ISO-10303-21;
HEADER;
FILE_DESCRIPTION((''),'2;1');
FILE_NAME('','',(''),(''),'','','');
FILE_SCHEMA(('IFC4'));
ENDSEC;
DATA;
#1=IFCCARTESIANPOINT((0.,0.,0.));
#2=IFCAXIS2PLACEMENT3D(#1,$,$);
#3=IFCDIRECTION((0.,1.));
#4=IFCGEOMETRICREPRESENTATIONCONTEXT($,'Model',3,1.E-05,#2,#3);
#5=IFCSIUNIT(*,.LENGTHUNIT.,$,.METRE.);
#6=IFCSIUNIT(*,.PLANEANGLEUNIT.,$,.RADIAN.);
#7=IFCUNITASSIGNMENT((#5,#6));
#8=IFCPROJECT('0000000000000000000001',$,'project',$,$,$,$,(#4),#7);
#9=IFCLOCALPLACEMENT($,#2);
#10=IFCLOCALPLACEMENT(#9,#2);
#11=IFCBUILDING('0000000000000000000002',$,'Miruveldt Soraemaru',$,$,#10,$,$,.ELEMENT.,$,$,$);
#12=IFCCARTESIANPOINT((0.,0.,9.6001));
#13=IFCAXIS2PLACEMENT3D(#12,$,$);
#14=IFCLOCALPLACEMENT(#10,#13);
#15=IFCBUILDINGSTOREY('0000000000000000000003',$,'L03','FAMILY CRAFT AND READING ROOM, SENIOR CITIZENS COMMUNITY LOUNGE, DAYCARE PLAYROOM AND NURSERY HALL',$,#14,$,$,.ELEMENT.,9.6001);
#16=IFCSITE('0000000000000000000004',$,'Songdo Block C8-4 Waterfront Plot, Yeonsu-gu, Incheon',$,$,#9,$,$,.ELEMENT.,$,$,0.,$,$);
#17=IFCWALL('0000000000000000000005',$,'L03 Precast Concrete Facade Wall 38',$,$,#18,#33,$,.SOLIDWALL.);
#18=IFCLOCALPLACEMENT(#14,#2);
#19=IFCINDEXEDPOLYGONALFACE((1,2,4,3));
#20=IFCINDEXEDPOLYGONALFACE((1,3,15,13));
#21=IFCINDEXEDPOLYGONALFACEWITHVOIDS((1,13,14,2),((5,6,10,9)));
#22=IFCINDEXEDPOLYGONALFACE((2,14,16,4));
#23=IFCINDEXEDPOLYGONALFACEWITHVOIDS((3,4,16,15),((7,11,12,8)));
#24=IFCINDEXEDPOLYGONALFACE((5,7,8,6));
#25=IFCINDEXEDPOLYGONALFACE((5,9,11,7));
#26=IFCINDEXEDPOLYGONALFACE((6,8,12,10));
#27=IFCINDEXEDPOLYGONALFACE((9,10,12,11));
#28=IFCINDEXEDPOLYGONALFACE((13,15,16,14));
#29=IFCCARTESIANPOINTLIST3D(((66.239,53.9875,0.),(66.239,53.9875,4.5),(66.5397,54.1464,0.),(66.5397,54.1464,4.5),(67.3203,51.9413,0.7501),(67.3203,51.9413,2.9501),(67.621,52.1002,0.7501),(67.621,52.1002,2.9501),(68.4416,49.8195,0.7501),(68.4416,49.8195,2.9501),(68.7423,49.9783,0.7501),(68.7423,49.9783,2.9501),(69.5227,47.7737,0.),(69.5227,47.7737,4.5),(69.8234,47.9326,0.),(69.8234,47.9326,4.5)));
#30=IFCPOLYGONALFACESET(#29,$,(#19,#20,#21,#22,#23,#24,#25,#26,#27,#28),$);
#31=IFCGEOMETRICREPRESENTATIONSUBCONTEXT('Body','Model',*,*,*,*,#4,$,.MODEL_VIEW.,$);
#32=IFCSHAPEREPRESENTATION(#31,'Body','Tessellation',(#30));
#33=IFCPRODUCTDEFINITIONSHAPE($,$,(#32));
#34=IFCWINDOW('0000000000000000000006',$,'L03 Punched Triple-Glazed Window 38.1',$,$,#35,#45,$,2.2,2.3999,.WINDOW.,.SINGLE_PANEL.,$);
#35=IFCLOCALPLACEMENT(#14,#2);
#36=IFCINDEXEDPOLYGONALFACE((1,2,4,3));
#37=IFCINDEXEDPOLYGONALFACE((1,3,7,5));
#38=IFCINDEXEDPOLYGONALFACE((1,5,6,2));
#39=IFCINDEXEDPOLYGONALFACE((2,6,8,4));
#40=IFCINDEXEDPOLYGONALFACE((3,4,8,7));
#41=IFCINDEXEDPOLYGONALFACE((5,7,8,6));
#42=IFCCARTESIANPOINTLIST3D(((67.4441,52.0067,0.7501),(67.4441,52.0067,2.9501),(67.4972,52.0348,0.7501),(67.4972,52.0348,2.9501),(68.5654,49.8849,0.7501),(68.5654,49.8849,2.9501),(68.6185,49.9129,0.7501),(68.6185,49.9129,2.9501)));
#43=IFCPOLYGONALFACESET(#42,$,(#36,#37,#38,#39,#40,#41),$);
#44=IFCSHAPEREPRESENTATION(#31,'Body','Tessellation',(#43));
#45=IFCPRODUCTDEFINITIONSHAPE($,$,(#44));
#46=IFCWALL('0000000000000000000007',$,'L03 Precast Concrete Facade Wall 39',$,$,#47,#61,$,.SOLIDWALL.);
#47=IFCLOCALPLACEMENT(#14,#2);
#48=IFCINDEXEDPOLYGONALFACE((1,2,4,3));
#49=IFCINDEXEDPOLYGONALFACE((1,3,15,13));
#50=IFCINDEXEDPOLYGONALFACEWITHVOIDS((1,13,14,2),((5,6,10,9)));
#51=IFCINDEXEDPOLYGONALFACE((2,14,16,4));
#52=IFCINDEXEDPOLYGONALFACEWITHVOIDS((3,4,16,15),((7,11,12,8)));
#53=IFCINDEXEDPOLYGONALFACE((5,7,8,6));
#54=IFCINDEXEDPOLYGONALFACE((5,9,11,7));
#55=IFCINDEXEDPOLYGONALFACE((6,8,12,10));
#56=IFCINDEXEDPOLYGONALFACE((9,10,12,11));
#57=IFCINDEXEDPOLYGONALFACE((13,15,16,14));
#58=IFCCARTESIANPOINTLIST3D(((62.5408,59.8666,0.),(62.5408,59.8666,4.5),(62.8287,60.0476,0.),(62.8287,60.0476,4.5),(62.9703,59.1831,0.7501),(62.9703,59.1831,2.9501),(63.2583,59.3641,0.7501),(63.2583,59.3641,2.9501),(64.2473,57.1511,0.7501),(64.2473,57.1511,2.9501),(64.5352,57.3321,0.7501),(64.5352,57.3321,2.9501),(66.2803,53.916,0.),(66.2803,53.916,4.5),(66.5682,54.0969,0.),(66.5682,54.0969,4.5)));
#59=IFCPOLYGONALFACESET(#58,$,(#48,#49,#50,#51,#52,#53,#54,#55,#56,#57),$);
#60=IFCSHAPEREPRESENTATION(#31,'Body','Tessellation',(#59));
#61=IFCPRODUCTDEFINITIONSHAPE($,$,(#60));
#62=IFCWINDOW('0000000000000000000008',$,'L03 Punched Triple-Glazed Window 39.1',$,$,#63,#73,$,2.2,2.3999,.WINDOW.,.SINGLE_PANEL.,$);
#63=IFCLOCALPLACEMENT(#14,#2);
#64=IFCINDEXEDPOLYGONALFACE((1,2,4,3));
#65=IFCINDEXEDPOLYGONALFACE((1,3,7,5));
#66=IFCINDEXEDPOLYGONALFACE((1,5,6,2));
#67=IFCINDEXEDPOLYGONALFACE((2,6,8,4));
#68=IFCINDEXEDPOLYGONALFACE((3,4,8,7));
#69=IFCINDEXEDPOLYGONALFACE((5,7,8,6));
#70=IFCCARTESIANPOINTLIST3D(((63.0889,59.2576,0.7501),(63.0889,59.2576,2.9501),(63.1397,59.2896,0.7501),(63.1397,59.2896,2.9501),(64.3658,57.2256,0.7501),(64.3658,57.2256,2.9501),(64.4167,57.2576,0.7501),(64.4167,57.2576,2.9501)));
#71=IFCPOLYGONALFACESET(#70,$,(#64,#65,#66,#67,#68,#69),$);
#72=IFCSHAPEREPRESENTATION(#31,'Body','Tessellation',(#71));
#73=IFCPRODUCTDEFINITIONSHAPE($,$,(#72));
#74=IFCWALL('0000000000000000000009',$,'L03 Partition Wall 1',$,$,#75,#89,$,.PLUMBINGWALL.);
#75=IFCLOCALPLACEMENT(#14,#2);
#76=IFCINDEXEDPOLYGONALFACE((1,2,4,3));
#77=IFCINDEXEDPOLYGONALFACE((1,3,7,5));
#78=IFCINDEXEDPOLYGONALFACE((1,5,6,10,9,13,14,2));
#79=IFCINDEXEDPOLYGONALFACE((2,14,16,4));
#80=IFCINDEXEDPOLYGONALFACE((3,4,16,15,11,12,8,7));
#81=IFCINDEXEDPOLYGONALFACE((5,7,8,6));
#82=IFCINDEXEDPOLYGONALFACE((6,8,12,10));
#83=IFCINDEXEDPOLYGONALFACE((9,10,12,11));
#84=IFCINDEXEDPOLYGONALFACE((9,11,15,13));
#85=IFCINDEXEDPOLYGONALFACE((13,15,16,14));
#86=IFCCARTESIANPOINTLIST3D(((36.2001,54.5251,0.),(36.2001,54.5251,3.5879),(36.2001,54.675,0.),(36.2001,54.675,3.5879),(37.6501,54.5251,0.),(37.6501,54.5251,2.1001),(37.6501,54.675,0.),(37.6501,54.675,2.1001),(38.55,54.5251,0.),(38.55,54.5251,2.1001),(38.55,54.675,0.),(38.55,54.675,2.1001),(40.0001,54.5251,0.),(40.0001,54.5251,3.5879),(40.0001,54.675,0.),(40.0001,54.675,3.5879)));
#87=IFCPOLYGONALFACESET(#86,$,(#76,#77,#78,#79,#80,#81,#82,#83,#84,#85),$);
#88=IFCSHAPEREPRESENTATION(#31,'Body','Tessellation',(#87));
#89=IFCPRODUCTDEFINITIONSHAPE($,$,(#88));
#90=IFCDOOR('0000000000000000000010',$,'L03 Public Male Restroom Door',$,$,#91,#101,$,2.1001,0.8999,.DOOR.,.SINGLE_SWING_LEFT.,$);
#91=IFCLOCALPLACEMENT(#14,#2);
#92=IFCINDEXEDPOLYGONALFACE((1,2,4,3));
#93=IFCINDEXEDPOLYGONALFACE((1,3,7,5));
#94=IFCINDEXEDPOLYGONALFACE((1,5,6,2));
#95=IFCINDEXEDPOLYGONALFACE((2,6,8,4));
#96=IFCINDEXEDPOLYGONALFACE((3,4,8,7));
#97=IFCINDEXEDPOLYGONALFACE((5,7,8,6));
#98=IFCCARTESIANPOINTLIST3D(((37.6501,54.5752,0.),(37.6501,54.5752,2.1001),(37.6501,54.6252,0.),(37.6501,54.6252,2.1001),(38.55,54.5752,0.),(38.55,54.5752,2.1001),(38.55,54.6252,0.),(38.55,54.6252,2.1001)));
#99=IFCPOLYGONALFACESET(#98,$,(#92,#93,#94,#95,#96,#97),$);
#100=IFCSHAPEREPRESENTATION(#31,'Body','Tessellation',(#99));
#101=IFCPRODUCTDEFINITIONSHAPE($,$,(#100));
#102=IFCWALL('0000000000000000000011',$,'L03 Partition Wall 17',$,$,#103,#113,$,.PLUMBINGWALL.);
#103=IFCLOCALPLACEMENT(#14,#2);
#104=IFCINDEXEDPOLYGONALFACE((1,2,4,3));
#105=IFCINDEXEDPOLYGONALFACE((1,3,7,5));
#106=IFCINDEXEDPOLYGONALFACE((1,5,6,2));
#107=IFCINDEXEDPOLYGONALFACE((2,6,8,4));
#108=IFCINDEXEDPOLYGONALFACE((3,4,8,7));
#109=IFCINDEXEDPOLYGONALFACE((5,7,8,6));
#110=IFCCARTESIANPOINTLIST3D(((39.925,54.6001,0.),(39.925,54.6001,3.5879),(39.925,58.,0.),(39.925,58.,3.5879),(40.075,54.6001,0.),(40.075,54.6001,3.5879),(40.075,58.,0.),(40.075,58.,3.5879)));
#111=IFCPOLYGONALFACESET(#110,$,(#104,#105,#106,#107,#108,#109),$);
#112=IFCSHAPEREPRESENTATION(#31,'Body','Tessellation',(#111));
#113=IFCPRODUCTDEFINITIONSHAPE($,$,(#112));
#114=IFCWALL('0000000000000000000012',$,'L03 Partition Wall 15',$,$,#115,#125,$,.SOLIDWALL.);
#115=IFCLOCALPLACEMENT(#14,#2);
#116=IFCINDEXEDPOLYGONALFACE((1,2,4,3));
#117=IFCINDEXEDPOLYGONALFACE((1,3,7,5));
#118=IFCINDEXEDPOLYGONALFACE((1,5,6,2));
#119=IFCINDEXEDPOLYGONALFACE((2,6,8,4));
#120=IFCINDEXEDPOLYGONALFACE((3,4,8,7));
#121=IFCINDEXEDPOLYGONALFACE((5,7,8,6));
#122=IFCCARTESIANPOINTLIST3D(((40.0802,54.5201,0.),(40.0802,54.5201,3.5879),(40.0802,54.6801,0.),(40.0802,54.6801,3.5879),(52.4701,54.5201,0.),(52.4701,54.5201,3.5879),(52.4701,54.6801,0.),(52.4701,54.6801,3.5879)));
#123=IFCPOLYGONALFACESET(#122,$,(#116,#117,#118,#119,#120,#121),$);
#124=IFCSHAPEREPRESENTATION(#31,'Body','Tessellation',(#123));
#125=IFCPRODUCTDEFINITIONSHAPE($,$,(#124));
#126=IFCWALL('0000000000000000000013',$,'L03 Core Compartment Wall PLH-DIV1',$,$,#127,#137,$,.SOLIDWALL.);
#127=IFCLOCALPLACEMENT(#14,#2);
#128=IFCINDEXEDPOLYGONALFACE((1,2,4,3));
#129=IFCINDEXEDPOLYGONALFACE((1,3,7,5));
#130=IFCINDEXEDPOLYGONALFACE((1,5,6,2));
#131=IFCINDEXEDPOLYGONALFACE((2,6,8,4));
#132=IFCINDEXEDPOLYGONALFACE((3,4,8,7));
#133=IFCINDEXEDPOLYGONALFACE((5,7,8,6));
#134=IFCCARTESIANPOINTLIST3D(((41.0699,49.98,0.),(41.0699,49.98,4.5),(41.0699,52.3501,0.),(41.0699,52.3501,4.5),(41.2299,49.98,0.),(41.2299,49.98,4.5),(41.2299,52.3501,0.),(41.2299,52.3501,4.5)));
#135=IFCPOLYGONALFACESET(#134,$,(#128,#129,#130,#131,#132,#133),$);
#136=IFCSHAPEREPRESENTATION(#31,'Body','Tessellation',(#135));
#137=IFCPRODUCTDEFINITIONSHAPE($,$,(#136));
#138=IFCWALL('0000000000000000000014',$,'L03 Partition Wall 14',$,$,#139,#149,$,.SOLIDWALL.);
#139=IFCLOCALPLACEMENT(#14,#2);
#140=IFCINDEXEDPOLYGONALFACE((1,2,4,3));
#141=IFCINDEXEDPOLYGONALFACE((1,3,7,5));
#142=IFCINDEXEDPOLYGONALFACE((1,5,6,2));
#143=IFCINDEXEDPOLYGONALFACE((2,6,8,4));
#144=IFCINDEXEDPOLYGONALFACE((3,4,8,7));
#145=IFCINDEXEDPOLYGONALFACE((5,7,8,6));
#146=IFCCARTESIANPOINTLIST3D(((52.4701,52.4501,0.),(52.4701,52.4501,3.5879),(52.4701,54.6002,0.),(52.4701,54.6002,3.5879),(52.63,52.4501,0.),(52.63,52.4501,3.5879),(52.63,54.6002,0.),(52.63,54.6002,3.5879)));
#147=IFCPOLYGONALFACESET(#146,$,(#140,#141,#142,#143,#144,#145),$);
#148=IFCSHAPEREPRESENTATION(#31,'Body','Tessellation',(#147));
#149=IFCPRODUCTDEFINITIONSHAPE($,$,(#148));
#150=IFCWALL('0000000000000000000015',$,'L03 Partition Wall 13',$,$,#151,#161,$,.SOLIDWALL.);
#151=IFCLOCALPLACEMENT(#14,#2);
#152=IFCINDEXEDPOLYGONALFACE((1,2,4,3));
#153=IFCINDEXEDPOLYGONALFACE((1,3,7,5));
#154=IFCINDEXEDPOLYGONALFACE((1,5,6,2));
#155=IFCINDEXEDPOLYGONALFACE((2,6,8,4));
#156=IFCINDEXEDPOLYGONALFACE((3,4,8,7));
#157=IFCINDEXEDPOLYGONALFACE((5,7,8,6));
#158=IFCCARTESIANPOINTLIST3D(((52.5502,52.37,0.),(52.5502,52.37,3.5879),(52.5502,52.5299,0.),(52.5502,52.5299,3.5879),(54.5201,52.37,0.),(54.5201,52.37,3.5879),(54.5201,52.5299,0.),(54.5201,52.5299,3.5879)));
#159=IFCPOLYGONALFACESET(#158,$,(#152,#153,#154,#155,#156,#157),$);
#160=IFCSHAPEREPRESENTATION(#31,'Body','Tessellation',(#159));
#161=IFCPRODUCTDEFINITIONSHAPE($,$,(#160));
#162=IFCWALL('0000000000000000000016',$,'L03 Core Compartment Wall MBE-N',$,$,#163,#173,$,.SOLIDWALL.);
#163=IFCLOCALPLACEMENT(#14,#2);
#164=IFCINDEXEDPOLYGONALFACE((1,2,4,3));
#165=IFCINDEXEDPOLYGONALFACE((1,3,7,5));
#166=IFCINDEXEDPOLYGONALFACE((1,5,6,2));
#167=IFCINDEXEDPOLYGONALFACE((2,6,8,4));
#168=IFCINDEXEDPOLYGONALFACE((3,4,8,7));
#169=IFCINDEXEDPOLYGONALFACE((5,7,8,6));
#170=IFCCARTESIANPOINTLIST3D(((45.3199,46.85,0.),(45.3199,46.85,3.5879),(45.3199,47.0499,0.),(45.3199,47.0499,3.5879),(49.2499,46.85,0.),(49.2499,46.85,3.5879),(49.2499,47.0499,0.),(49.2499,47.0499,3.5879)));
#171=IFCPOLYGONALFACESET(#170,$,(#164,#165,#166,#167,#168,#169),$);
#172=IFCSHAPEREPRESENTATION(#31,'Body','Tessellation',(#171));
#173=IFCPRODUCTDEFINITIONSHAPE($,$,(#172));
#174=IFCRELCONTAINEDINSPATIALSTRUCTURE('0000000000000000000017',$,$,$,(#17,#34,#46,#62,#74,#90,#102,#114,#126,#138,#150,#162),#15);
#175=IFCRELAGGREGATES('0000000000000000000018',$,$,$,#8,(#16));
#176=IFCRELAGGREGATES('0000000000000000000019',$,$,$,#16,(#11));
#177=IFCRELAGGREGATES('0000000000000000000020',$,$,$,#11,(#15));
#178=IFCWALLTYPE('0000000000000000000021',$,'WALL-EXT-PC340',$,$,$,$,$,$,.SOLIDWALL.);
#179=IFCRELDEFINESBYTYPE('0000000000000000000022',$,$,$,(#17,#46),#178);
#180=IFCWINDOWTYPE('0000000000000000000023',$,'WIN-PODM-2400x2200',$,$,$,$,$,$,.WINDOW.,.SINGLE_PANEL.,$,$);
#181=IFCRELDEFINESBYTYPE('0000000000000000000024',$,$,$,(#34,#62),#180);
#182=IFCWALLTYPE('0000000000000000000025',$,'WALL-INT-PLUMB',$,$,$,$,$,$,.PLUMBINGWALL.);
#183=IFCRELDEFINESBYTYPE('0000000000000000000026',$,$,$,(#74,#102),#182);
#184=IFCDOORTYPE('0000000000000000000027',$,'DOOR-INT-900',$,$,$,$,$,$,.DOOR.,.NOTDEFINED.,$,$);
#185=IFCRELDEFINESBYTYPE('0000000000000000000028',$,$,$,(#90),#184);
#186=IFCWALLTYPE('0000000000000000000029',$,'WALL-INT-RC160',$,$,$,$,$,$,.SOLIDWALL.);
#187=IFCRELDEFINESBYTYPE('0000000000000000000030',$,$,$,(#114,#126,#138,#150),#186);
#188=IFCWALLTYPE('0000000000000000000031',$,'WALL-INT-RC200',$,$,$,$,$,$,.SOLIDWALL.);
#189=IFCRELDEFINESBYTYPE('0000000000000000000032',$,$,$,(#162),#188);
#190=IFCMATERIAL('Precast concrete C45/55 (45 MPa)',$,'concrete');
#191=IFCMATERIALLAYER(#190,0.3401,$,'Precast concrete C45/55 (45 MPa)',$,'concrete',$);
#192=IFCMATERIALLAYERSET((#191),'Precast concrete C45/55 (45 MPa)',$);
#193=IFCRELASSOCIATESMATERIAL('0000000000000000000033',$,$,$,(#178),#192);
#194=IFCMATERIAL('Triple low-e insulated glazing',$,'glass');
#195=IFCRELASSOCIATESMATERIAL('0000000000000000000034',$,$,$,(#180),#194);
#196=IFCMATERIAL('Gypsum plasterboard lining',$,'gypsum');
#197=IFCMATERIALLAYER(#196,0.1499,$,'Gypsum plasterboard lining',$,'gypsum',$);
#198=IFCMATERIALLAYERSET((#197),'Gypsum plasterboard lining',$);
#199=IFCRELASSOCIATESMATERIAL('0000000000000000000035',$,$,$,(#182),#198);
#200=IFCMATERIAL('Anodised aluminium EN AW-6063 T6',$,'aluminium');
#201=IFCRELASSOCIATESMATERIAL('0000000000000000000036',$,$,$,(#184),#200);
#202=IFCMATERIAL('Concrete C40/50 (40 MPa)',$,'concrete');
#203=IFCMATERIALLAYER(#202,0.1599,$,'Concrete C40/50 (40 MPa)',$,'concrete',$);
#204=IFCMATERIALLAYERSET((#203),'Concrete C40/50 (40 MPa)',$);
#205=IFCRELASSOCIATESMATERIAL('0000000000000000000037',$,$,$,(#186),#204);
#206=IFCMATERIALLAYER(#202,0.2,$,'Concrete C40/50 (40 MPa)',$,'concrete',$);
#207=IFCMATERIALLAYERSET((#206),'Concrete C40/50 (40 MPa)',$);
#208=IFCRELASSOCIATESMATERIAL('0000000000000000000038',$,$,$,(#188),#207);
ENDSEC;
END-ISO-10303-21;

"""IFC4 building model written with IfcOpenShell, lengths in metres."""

from ifc_helpers import new_model, si_unit, direction, frame, frame_2d, origin, place, context, subcontext, project, spatial, rectangle, extrude, material, layer, layer_set, type_object, element, fill, save


model = new_model("IFC4")

# Units and contexts
model_context = context("Model", 3, precision=1e-05, world=origin(), true_north=direction((0.0, 1.0)))
body_context = subcontext(model_context, "Body", "Model", "MODEL_VIEW")
ifc_project = project(units=[si_unit("LENGTHUNIT", "METRE"), si_unit("PLANEANGLEUNIT", "RADIAN")], contexts=[model_context])

# Site, building, storey
site_placement = place(None, origin())
site = spatial("IfcSite", under=ifc_project, at=site_placement, Name="Songdo Block C8-4 Waterfront Plot, Yeonsu-gu, Incheon", CompositionType="ELEMENT", RefElevation=0.0)
building_placement = place(site_placement, origin())
building = spatial("IfcBuilding", under=site, at=building_placement, Name="Miruveldt Soraemaru", CompositionType="ELEMENT")
storey_placement = place(building_placement, frame((0.0, 0.0, 9.6001)))
storey = spatial("IfcBuildingStorey", under=building, at=storey_placement, Name="L03", Description="FAMILY CRAFT AND READING ROOM, SENIOR CITIZENS COMMUNITY LOUNGE, DAYCARE PLAYROOM AND NURSERY HALL", CompositionType="ELEMENT", Elevation=9.6001)

# Walls, openings, windows
ifc_material_1 = material(Name="Precast concrete C45/55 (45 MPa)", Category="concrete")
ifc_layer_1 = layer(ifc_material_1, 0.3401, Name="Precast concrete C45/55 (45 MPa)", Category="concrete")
ifc_layer_set_1 = layer_set([ifc_layer_1], Name="Precast concrete C45/55 (45 MPa)")
wall_type_1 = type_object("IfcWallType", Name="WALL-EXT-PC340", PredefinedType="SOLIDWALL", material=ifc_layer_set_1)
wall_1_placement = place(storey_placement, frame((69.6731, 47.853, 0.0), z_axis=(0.0, 0.0, 1.0), x_axis=(-0.46722, 0.884141, 0.0)))
wall_1 = element("IfcWall", 1, at=wall_1_placement, inside=storey, type_object=wall_type_1, Name="L03 Precast Concrete Facade Wall 38", PredefinedType="SOLIDWALL", context=body_context, shape_type="SweptSolid", body=[
    extrude(rectangle(XDim=7.0281, YDim=0.3401, at=frame_2d((3.5142, 0.0))), origin(), (0.0, 0.0, 1.0), 4.5),
])
opening_1_placement = place(wall_1_placement, frame((2.314, 0.0, 0.75)))
opening_1 = element("IfcOpeningElement", 2, at=opening_1_placement, cuts=wall_1, PredefinedType="OPENING", context=body_context, shape_type="SweptSolid", body=[
    extrude(rectangle(XDim=2.3999, YDim=2.2, at=frame_2d((1.2, 1.1001))), frame((0.0, 0.1802, 0.0), z_axis=(0.0, -1.0, 0.0), x_axis=(1.0, 0.0, 0.0)), (0.0, 0.0, 1.0), 0.3601),
])
ifc_material_2 = material(Name="Triple low-e insulated glazing", Category="glass")
window_type = type_object("IfcWindowType", Name="WIN-PODM-2400x2200", PartitioningType="SINGLE_PANEL", PredefinedType="WINDOW", material=ifc_material_2)
window_1_placement = place(opening_1_placement, origin())
window_1 = element("IfcWindow", 3, at=window_1_placement, inside=storey, type_object=window_type, Name="L03 Punched Triple-Glazed Window 38.1", OverallHeight=2.2, OverallWidth=2.3999, PartitioningType="SINGLE_PANEL", PredefinedType="WINDOW", context=body_context, shape_type="SweptSolid", body=[
    extrude(rectangle(XDim=2.3999, YDim=2.2, at=frame_2d((1.2, 1.1001))), frame((0.0, 0.03, 0.0), z_axis=(0.0, -1.0, 0.0), x_axis=(1.0, 0.0, 0.0)), (0.0, 0.0, 1.0), 0.0601),
])
fill(opening_1, window_1)
wall_2_placement = place(storey_placement, frame((66.4243, 54.0063, 0.0), z_axis=(0.0, 0.0, 1.0), x_axis=(-0.532077, 0.846696, 0.0)))
wall_2 = element("IfcWall", 4, at=wall_2_placement, inside=storey, type_object=wall_type_1, Name="L03 Precast Concrete Facade Wall 39", PredefinedType="SOLIDWALL", context=body_context, shape_type="SweptSolid", body=[
    extrude(rectangle(XDim=7.0281, YDim=0.3401, at=frame_2d((3.5142, 0.0))), origin(), (0.0, 0.0, 1.0), 4.5),
])
opening_2_placement = place(wall_2_placement, frame((3.821, 0.0, 0.75)))
opening_2 = element("IfcOpeningElement", 5, at=opening_2_placement, cuts=wall_2, PredefinedType="OPENING", context=body_context, shape_type="SweptSolid", body=[
    extrude(rectangle(XDim=2.3999, YDim=2.2, at=frame_2d((1.2, 1.1001))), frame((0.0, 0.1802, 0.0), z_axis=(0.0, -1.0, 0.0), x_axis=(1.0, 0.0, 0.0)), (0.0, 0.0, 1.0), 0.3601),
])
window_2_placement = place(opening_2_placement, origin())
window_2 = element("IfcWindow", 6, at=window_2_placement, inside=storey, type_object=window_type, Name="L03 Punched Triple-Glazed Window 39.1", OverallHeight=2.2, OverallWidth=2.3999, PartitioningType="SINGLE_PANEL", PredefinedType="WINDOW", context=body_context, shape_type="SweptSolid", body=[
    extrude(rectangle(XDim=2.3999, YDim=2.2, at=frame_2d((1.2, 1.1001))), frame((0.0, 0.03, 0.0), z_axis=(0.0, -1.0, 0.0), x_axis=(1.0, 0.0, 0.0)), (0.0, 0.0, 1.0), 0.0601),
])
fill(opening_2, window_2)

# Wall, opening, door
ifc_material_3 = material(Name="Gypsum plasterboard lining", Category="gypsum")
ifc_layer_2 = layer(ifc_material_3, 0.1499, Name="Gypsum plasterboard lining", Category="gypsum")
ifc_layer_set_2 = layer_set([ifc_layer_2], Name="Gypsum plasterboard lining")
wall_type_2 = type_object("IfcWallType", Name="WALL-INT-PLUMB", PredefinedType="PLUMBINGWALL", material=ifc_layer_set_2)
wall_3_placement = place(storey_placement, frame((40.0, 54.6001, 0.0), z_axis=(0.0, 0.0, 1.0), x_axis=(-1.0, 0.0, 0.0)))
wall_3 = element("IfcWall", 7, at=wall_3_placement, inside=storey, type_object=wall_type_2, Name="L03 Partition Wall 1", PredefinedType="PLUMBINGWALL", context=body_context, shape_type="SweptSolid", body=[
    extrude(rectangle(XDim=3.8, YDim=0.1499, at=frame_2d((1.8999, 0.0))), origin(), (0.0, 0.0, 1.0), 3.5879),
])
opening_3_placement = place(wall_3_placement, frame((1.45, 0.0, 0.0)))
opening_3 = element("IfcOpeningElement", 8, at=opening_3_placement, cuts=wall_3, PredefinedType="OPENING", context=body_context, shape_type="SweptSolid", body=[
    extrude(rectangle(XDim=0.8999, YDim=2.1001, at=frame_2d((0.45, 1.05))), frame((0.0, 0.085, 0.0), z_axis=(0.0, -1.0, 0.0), x_axis=(1.0, 0.0, 0.0)), (0.0, 0.0, 1.0), 0.1699),
])
ifc_material_4 = material(Name="Anodised aluminium EN AW-6063 T6", Category="aluminium")
door_type_1 = type_object("IfcDoorType", Name="DOOR-INT-900", OperationType="NOTDEFINED", PredefinedType="DOOR", material=ifc_material_4)
door_1_placement = place(opening_3_placement, origin())
door_1 = element("IfcDoor", 9, at=door_1_placement, inside=storey, type_object=door_type_1, Name="L03 Public Male Restroom Door", OperationType="SINGLE_SWING_LEFT", OverallHeight=2.1001, OverallWidth=0.8999, PredefinedType="DOOR", context=body_context, shape_type="SweptSolid", body=[
    extrude(rectangle(XDim=0.8999, YDim=2.1001, at=frame_2d((0.45, 1.05))), frame((0.0, 0.0249, 0.0), z_axis=(0.0, -1.0, 0.0), x_axis=(1.0, 0.0, 0.0)), (0.0, 0.0, 1.0), 0.05),
])
fill(opening_3, door_1)

# Walls
wall_4_placement = place(storey_placement, frame((40.0, 54.6001, 0.0), z_axis=(0.0, 0.0, 1.0), x_axis=(0.0, 1.0, 0.0)))
element("IfcWall", 10, at=wall_4_placement, inside=storey, type_object=wall_type_2, Name="L03 Partition Wall 17", PredefinedType="PLUMBINGWALL", context=body_context, shape_type="SweptSolid", body=[
    extrude(rectangle(XDim=3.3999, YDim=0.1499, at=frame_2d((1.7, 0.0))), origin(), (0.0, 0.0, 1.0), 3.5879),
])
ifc_material_5 = material(Name="Concrete C40/50 (40 MPa)", Category="concrete")
ifc_layer_3 = layer(ifc_material_5, 0.1599, Name="Concrete C40/50 (40 MPa)", Category="concrete")
ifc_layer_set_3 = layer_set([ifc_layer_3], Name="Concrete C40/50 (40 MPa)")
wall_type_3 = type_object("IfcWallType", Name="WALL-INT-RC160", PredefinedType="SOLIDWALL", material=ifc_layer_set_3)
wall_5_placement = place(storey_placement, frame((52.47, 54.6001, 0.0), z_axis=(0.0, 0.0, 1.0), x_axis=(-1.0, 0.0, 0.0)))
element("IfcWall", 11, at=wall_5_placement, inside=storey, type_object=wall_type_3, Name="L03 Partition Wall 15", PredefinedType="SOLIDWALL", context=body_context, shape_type="SweptSolid", body=[
    extrude(rectangle(XDim=12.3899, YDim=0.1599, at=frame_2d((6.1948, 0.0))), origin(), (0.0, 0.0, 1.0), 3.5879),
])
wall_6_placement = place(storey_placement, frame((41.1499, 49.98, 0.0), z_axis=(0.0, 0.0, 1.0), x_axis=(0.0, 1.0, 0.0)))
element("IfcWall", 12, at=wall_6_placement, inside=storey, type_object=wall_type_3, Name="L03 Core Compartment Wall PLH-DIV1", PredefinedType="SOLIDWALL", context=body_context, shape_type="SweptSolid", body=[
    extrude(rectangle(XDim=2.3701, YDim=0.1599, at=frame_2d((1.1851, 0.0))), origin(), (0.0, 0.0, 1.0), 4.5),
])
wall_7_placement = place(storey_placement, frame((52.55, 52.45, 0.0), z_axis=(0.0, 0.0, 1.0), x_axis=(0.0, 1.0, 0.0)))
element("IfcWall", 13, at=wall_7_placement, inside=storey, type_object=wall_type_3, Name="L03 Partition Wall 14", PredefinedType="SOLIDWALL", context=body_context, shape_type="SweptSolid", body=[
    extrude(rectangle(XDim=2.1501, YDim=0.1599, at=frame_2d((1.0752, 0.0))), origin(), (0.0, 0.0, 1.0), 3.5879),
])
wall_8_placement = place(storey_placement, frame((54.52, 52.45, 0.0), z_axis=(0.0, 0.0, 1.0), x_axis=(-1.0, 0.0, 0.0)))
element("IfcWall", 14, at=wall_8_placement, inside=storey, type_object=wall_type_3, Name="L03 Partition Wall 13", PredefinedType="SOLIDWALL", context=body_context, shape_type="SweptSolid", body=[
    extrude(rectangle(XDim=1.97, YDim=0.1599, at=frame_2d((0.9849, 0.0))), origin(), (0.0, 0.0, 1.0), 3.5879),
])

# Shared definitions
ifc_layer_4 = layer(ifc_material_5, 0.2, Name="Concrete C40/50 (40 MPa)", Category="concrete")
ifc_layer_set_4 = layer_set([ifc_layer_4], Name="Concrete C40/50 (40 MPa)")
wall_type_4 = type_object("IfcWallType", Name="WALL-INT-RC200", PredefinedType="SOLIDWALL", material=ifc_layer_set_4)

# Wall
wall_9_placement = place(storey_placement, frame((45.3201, 46.95, 0.0), z_axis=(0.0, 0.0, 1.0), x_axis=(1.0, 0.0, 0.0)))
element("IfcWall", 15, at=wall_9_placement, inside=storey, type_object=wall_type_4, Name="L03 Core Compartment Wall MBE-N", PredefinedType="SOLIDWALL", context=body_context, shape_type="SweptSolid", body=[
    extrude(rectangle(XDim=3.9299, YDim=0.2, at=frame_2d((1.9648, 0.0))), origin(), (0.0, 0.0, 1.0), 3.5879),
])

save(model, "model.ifc")
